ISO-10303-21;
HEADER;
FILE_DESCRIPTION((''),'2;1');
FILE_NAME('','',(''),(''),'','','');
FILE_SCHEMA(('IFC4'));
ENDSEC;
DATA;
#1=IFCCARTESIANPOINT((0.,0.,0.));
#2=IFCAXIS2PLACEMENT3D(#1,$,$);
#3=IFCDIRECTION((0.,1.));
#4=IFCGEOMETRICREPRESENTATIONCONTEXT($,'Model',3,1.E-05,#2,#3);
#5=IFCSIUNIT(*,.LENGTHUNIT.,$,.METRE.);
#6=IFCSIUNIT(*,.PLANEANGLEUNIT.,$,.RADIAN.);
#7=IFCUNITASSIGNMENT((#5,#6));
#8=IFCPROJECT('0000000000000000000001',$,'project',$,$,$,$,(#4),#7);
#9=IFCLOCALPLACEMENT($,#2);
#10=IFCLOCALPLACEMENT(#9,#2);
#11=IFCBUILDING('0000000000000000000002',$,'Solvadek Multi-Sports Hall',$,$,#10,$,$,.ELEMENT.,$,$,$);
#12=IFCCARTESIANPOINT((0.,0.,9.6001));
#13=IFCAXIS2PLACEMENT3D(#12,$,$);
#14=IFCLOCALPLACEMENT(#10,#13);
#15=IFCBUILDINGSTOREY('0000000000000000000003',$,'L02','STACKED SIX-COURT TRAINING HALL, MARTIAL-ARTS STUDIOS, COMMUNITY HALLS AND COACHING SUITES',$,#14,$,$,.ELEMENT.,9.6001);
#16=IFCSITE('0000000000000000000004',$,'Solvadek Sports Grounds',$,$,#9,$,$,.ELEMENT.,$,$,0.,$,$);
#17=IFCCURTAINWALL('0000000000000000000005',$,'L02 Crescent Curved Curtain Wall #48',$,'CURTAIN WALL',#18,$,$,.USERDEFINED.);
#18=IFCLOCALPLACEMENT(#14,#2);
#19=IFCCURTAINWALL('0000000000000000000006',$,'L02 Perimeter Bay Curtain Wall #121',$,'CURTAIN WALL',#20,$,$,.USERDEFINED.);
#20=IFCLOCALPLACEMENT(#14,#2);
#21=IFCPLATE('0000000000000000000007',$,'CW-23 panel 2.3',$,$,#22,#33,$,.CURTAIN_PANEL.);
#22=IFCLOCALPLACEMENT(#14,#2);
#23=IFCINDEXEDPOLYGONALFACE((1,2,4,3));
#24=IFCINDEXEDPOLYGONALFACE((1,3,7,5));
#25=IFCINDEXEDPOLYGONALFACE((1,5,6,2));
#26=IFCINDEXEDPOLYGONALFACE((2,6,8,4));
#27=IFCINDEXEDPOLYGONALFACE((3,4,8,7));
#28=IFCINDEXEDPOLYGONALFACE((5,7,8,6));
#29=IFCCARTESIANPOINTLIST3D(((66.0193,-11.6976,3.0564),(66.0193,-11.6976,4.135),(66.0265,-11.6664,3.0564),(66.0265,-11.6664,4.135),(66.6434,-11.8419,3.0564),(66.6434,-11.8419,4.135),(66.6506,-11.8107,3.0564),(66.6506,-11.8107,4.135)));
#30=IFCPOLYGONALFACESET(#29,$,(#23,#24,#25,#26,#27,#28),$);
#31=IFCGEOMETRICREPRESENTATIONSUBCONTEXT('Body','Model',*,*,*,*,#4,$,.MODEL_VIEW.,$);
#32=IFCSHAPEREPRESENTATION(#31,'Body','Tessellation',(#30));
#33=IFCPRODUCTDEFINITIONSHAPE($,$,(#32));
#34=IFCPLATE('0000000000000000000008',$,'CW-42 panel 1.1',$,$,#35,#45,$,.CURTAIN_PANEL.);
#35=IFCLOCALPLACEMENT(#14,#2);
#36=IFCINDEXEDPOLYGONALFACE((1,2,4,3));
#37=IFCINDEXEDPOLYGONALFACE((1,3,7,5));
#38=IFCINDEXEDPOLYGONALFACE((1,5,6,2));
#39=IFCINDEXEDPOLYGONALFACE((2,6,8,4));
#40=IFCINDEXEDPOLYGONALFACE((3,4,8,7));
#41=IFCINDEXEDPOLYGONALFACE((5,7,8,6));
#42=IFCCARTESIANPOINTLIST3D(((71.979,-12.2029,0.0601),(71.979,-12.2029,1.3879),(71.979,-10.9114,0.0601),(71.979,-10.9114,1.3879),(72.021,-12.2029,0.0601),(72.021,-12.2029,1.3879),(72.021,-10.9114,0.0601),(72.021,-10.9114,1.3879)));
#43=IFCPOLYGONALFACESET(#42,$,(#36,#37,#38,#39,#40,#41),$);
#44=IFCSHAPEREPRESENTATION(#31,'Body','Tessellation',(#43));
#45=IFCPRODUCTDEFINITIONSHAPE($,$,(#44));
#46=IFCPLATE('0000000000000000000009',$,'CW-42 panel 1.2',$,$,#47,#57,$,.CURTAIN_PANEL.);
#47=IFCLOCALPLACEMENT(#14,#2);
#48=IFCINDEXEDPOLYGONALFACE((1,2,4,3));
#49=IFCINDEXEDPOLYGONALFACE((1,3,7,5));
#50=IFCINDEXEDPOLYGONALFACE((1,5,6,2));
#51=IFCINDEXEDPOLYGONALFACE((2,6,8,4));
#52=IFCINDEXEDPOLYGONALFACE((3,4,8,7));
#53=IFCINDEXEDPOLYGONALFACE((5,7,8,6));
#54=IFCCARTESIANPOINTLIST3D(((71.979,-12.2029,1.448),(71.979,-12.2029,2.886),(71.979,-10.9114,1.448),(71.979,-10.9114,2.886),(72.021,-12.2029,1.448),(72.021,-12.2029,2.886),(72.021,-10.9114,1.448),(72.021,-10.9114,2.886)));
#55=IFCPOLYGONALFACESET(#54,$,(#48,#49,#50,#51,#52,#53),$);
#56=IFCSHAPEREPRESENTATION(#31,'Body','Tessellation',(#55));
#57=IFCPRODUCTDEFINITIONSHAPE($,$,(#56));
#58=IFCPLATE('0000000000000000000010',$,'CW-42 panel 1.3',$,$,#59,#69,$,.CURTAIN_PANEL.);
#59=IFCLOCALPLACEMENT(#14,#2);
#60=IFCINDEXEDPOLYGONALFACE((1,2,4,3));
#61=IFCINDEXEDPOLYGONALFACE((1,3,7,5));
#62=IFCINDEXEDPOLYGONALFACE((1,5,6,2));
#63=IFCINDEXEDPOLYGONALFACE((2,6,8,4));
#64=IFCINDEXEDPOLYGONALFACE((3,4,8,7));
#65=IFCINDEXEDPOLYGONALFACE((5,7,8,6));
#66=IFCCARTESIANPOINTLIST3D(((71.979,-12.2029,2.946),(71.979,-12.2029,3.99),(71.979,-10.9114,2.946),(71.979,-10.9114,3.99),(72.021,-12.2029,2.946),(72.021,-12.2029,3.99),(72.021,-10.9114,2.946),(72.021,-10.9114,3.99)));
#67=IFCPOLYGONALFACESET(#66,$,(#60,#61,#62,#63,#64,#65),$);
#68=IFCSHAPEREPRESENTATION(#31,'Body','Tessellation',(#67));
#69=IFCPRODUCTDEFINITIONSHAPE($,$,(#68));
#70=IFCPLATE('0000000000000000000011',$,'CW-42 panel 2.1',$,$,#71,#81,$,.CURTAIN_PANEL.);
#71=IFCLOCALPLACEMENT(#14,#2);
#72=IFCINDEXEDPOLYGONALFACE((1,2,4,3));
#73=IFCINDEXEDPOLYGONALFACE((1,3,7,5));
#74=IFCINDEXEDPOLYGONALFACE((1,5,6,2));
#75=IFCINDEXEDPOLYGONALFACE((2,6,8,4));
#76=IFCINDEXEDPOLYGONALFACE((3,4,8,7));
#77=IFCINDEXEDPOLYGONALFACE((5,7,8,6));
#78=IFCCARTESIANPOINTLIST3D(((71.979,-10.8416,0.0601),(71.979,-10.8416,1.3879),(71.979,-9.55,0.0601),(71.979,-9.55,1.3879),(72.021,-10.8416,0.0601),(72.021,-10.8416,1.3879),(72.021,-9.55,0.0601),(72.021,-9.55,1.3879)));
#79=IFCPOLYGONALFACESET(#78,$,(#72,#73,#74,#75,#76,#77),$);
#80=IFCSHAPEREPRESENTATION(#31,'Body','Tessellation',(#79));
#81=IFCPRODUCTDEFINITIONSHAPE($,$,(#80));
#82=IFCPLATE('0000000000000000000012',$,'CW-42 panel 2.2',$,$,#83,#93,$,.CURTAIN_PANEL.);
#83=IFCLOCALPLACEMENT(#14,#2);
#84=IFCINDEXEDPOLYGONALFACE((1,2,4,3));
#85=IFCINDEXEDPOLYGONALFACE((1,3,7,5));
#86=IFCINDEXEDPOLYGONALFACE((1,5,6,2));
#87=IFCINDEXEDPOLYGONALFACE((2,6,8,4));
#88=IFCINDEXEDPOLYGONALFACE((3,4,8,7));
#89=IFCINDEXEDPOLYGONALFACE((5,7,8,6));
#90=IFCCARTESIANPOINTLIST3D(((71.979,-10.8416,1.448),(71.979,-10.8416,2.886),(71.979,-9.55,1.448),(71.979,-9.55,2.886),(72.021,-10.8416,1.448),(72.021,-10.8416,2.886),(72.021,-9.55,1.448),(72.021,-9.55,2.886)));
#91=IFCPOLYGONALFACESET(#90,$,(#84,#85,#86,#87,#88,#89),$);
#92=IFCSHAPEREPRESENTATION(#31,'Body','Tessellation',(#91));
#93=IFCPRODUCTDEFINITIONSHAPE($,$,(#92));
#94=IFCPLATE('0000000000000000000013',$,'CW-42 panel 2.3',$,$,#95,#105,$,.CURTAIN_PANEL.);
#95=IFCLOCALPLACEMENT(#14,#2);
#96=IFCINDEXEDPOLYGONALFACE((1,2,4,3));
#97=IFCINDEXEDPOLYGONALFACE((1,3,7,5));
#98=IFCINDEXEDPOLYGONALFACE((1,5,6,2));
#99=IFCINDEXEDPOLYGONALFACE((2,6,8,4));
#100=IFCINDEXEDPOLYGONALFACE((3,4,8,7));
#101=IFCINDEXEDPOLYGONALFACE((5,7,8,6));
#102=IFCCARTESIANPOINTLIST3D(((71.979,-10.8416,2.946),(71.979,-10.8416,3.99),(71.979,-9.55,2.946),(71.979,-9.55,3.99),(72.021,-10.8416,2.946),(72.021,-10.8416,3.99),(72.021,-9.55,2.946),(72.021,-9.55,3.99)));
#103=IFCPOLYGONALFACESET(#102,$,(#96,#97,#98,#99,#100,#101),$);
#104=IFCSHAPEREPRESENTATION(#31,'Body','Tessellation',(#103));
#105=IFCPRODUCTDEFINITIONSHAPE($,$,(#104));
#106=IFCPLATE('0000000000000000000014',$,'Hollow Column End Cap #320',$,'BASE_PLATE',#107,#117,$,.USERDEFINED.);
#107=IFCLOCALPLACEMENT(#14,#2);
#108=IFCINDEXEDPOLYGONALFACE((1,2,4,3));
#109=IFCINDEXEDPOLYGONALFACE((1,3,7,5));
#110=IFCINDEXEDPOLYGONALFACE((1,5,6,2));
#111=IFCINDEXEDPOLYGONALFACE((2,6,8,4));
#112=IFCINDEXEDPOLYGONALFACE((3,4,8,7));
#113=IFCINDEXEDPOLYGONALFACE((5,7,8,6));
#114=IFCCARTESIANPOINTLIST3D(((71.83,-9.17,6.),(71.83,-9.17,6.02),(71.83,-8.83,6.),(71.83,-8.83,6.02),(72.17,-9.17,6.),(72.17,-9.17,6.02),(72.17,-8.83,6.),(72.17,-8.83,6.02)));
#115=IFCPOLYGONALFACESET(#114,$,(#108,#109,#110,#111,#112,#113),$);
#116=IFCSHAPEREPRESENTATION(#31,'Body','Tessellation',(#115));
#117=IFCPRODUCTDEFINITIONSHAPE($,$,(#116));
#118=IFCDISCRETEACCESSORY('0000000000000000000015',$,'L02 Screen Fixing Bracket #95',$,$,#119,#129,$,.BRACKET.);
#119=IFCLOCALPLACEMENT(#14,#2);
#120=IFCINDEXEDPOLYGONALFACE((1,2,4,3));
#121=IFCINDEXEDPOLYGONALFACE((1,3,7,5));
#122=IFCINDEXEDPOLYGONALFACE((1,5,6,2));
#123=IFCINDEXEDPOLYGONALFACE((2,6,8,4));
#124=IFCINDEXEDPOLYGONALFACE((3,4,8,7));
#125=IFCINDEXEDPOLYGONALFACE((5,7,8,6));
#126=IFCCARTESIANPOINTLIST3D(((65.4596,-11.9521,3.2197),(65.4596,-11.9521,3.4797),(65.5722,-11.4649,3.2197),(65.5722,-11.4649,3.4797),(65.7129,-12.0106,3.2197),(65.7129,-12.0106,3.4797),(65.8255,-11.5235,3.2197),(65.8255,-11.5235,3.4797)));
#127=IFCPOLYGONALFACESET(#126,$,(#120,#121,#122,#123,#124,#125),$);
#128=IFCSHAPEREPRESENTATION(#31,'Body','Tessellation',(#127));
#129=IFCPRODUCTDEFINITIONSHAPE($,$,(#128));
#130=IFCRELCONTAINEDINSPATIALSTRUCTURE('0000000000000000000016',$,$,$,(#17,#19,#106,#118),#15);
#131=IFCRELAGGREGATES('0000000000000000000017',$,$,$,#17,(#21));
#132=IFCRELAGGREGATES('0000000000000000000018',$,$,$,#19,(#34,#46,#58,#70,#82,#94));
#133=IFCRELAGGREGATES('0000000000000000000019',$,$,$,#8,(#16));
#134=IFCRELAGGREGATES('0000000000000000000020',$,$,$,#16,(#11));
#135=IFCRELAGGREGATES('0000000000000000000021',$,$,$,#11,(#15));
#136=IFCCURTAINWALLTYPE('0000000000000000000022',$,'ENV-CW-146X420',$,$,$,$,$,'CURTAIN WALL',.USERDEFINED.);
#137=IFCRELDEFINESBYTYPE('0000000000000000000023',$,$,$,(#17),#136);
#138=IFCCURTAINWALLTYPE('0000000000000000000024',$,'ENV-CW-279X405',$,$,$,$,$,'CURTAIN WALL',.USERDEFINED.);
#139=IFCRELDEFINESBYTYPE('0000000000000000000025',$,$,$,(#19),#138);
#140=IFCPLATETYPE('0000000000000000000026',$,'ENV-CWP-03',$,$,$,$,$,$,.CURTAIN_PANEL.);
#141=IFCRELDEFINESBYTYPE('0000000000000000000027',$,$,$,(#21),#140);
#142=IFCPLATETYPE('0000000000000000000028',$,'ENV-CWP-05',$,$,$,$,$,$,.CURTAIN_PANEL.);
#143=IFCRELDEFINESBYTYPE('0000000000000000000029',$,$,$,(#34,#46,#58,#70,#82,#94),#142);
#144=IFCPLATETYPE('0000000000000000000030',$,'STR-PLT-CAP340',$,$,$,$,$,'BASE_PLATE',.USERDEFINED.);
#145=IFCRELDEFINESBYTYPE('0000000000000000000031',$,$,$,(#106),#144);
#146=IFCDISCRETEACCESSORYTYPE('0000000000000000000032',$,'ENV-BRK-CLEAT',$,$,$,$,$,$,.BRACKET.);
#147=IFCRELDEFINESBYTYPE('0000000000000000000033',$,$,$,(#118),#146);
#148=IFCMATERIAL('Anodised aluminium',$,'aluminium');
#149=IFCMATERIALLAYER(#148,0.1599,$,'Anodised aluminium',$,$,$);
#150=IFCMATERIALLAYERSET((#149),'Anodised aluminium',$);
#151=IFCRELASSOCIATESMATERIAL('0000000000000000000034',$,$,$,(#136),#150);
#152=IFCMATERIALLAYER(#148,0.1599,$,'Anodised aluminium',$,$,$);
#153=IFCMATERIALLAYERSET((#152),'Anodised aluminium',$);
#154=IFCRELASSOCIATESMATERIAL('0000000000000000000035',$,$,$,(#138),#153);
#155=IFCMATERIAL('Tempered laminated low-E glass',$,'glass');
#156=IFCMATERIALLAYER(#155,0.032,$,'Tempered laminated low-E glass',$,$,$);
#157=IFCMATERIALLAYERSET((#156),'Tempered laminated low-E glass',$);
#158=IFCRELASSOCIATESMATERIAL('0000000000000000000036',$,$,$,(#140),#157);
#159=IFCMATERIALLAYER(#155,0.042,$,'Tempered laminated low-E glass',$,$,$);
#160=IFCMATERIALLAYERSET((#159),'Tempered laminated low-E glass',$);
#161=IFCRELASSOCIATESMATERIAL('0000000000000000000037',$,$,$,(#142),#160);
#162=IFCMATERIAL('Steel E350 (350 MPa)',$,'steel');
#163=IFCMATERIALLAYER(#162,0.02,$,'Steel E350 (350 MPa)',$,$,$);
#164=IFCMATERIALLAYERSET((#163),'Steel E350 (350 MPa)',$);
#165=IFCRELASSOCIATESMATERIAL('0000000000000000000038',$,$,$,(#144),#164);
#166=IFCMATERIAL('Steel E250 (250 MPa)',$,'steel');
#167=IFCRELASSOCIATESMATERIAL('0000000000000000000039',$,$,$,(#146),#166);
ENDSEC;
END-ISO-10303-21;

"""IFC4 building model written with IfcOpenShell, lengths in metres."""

from ifc_helpers import new_model, si_unit, direction, frame, origin, origin_2d, place, context, subcontext, project, spatial, rectangle, extrude, material, layer, layer_set, type_object, element, aggregate, save


model = new_model("IFC4")

# Units and contexts
model_context = context("Model", 3, precision=1e-05, world=origin(), true_north=direction((0.0, 1.0)))
body_context = subcontext(model_context, "Body", "Model", "MODEL_VIEW")
ifc_project = project(units=[si_unit("LENGTHUNIT", "METRE"), si_unit("PLANEANGLEUNIT", "RADIAN")], contexts=[model_context])

# Site, building, storey
site_placement = place(None, origin())
site = spatial("IfcSite", under=ifc_project, at=site_placement, Name="Solvadek Sports Grounds", CompositionType="ELEMENT", RefElevation=0.0)
building_placement = place(site_placement, origin())
building = spatial("IfcBuilding", under=site, at=building_placement, Name="Solvadek Multi-Sports Hall", CompositionType="ELEMENT")
storey_placement = place(building_placement, frame((0.0, 0.0, 9.6001)))
storey = spatial("IfcBuildingStorey", under=building, at=storey_placement, Name="L02", Description="STACKED SIX-COURT TRAINING HALL, MARTIAL-ARTS STUDIOS, COMMUNITY HALLS AND COACHING SUITES", CompositionType="ELEMENT", Elevation=9.6001)

# Shared definitions
ifc_material_1 = material(Name="Steel E350 (350 MPa)", Category="steel")

# Curtain walls
ifc_material_2 = material(Name="Anodised aluminium", Category="aluminium")
ifc_layer_1 = layer(ifc_material_2, 0.1599, Name="Anodised aluminium")
ifc_layer_set_1 = layer_set([ifc_layer_1], Name="Anodised aluminium")
curtain_wall_type_1 = type_object("IfcCurtainWallType", Name="ENV-CW-146X420", ElementType="CURTAIN WALL", PredefinedType="USERDEFINED", material=ifc_layer_set_1)
curtain_wall_1_placement = place(storey_placement, origin())
curtain_wall_1 = element("IfcCurtainWall", 1, at=curtain_wall_1_placement, inside=storey, type_object=curtain_wall_type_1, Name="L02 Crescent Curved Curtain Wall #48", ObjectType="CURTAIN WALL", PredefinedType="USERDEFINED")
ifc_layer_2 = layer(ifc_material_2, 0.1599, Name="Anodised aluminium")
ifc_layer_set_2 = layer_set([ifc_layer_2], Name="Anodised aluminium")
curtain_wall_type_2 = type_object("IfcCurtainWallType", Name="ENV-CW-279X405", ElementType="CURTAIN WALL", PredefinedType="USERDEFINED", material=ifc_layer_set_2)
curtain_wall_2_placement = place(storey_placement, origin())
curtain_wall_2 = element("IfcCurtainWall", 2, at=curtain_wall_2_placement, inside=storey, type_object=curtain_wall_type_2, Name="L02 Perimeter Bay Curtain Wall #121", ObjectType="CURTAIN WALL", PredefinedType="USERDEFINED")

# Plates
ifc_material_3 = material(Name="Tempered laminated low-E glass", Category="glass")
ifc_layer_3 = layer(ifc_material_3, 0.032, Name="Tempered laminated low-E glass")
ifc_layer_set_3 = layer_set([ifc_layer_3], Name="Tempered laminated low-E glass")
plate_type_1 = type_object("IfcPlateType", Name="ENV-CWP-03", PredefinedType="CURTAIN_PANEL", material=ifc_layer_set_3)
plate_1_placement = place(storey_placement, frame((66.335, -11.7542, 3.0564), z_axis=(0.0, 0.0, 1.0), x_axis=(0.974315, -0.225189, 0.0)))
plate_1 = element("IfcPlate", 3, at=plate_1_placement, type_object=plate_type_1, Name="CW-23 panel 2.3", PredefinedType="CURTAIN_PANEL", context=body_context, shape_type="SweptSolid", body=[
    extrude(rectangle(XDim=0.6406, YDim=0.032, at=origin_2d()), origin(), (0.0, 0.0, 1.0), 1.0786),
])
aggregate(curtain_wall_1, [plate_1])
ifc_layer_4 = layer(ifc_material_3, 0.042, Name="Tempered laminated low-E glass")
ifc_layer_set_4 = layer_set([ifc_layer_4], Name="Tempered laminated low-E glass")
plate_type_2 = type_object("IfcPlateType", Name="ENV-CWP-05", PredefinedType="CURTAIN_PANEL", material=ifc_layer_set_4)
plate_2_placement = place(storey_placement, frame((72.0, -11.5571, 0.0601), z_axis=(0.0, 0.0, 1.0), x_axis=(0.0, 1.0, 0.0)))
plate_2 = element("IfcPlate", 4, at=plate_2_placement, type_object=plate_type_2, Name="CW-42 panel 1.1", PredefinedType="CURTAIN_PANEL", context=body_context, shape_type="SweptSolid", body=[
    extrude(rectangle(XDim=1.2915, YDim=0.042, at=origin_2d()), origin(), (0.0, 0.0, 1.0), 1.3279),
])
plate_3_placement = place(storey_placement, frame((72.0, -11.5571, 1.448), z_axis=(0.0, 0.0, 1.0), x_axis=(0.0, 1.0, 0.0)))
plate_3 = element("IfcPlate", 5, at=plate_3_placement, type_object=plate_type_2, Name="CW-42 panel 1.2", PredefinedType="CURTAIN_PANEL", context=body_context, shape_type="SweptSolid", body=[
    extrude(rectangle(XDim=1.2915, YDim=0.042, at=origin_2d()), origin(), (0.0, 0.0, 1.0), 1.438),
])
plate_4_placement = place(storey_placement, frame((72.0, -11.5571, 2.946), z_axis=(0.0, 0.0, 1.0), x_axis=(0.0, 1.0, 0.0)))
plate_4 = element("IfcPlate", 6, at=plate_4_placement, type_object=plate_type_2, Name="CW-42 panel 1.3", PredefinedType="CURTAIN_PANEL", context=body_context, shape_type="SweptSolid", body=[
    extrude(rectangle(XDim=1.2915, YDim=0.042, at=origin_2d()), origin(), (0.0, 0.0, 1.0), 1.0439),
])
plate_5_placement = place(storey_placement, frame((72.0, -10.1958, 0.0601), z_axis=(0.0, 0.0, 1.0), x_axis=(0.0, 1.0, 0.0)))
plate_5 = element("IfcPlate", 7, at=plate_5_placement, type_object=plate_type_2, Name="CW-42 panel 2.1", PredefinedType="CURTAIN_PANEL", context=body_context, shape_type="SweptSolid", body=[
    extrude(rectangle(XDim=1.2915, YDim=0.042, at=origin_2d()), origin(), (0.0, 0.0, 1.0), 1.3279),
])
plate_6_placement = place(storey_placement, frame((72.0, -10.1958, 1.448), z_axis=(0.0, 0.0, 1.0), x_axis=(0.0, 1.0, 0.0)))
plate_6 = element("IfcPlate", 8, at=plate_6_placement, type_object=plate_type_2, Name="CW-42 panel 2.2", PredefinedType="CURTAIN_PANEL", context=body_context, shape_type="SweptSolid", body=[
    extrude(rectangle(XDim=1.2915, YDim=0.042, at=origin_2d()), origin(), (0.0, 0.0, 1.0), 1.438),
])
plate_7_placement = place(storey_placement, frame((72.0, -10.1958, 2.946), z_axis=(0.0, 0.0, 1.0), x_axis=(0.0, 1.0, 0.0)))
plate_7 = element("IfcPlate", 9, at=plate_7_placement, type_object=plate_type_2, Name="CW-42 panel 2.3", PredefinedType="CURTAIN_PANEL", context=body_context, shape_type="SweptSolid", body=[
    extrude(rectangle(XDim=1.2915, YDim=0.042, at=origin_2d()), origin(), (0.0, 0.0, 1.0), 1.0439),
])
aggregate(curtain_wall_2, [plate_2, plate_3, plate_4, plate_5, plate_6, plate_7])
ifc_layer_5 = layer(ifc_material_1, 0.02, Name="Steel E350 (350 MPa)")
ifc_layer_set_5 = layer_set([ifc_layer_5], Name="Steel E350 (350 MPa)")
plate_type_3 = type_object("IfcPlateType", Name="STR-PLT-CAP340", ElementType="BASE_PLATE", PredefinedType="USERDEFINED", material=ifc_layer_set_5)
plate_8_placement = place(storey_placement, frame((72.0, -9.0, 6.0), z_axis=(0.0, 0.0, 1.0), x_axis=(1.0, 0.0, 0.0)))
element("IfcPlate", 10, at=plate_8_placement, inside=storey, type_object=plate_type_3, Name="Hollow Column End Cap #320", ObjectType="BASE_PLATE", PredefinedType="USERDEFINED", context=body_context, shape_type="SweptSolid", body=[
    extrude(rectangle(XDim=0.3401, YDim=0.3401, at=origin_2d()), origin(), (0.0, 0.0, 1.0), 0.02),
])

# Discrete accessory
ifc_material_4 = material(Name="Steel E250 (250 MPa)", Category="steel")
discrete_accessory_type = type_object("IfcDiscreteAccessoryType", Name="ENV-BRK-CLEAT", PredefinedType="BRACKET", material=ifc_material_4)
discrete_accessory_placement = place(storey_placement, frame((65.6426, -11.7378, 3.2197), z_axis=(0.0, 0.0, 1.0), x_axis=(0.974313, -0.225197, 0.0)))
element("IfcDiscreteAccessory", 11, at=discrete_accessory_placement, inside=storey, type_object=discrete_accessory_type, Name="L02 Screen Fixing Bracket #95", PredefinedType="BRACKET", context=body_context, shape_type="SweptSolid", body=[
    extrude(rectangle(XDim=0.26, YDim=0.5, at=origin_2d()), origin(), (0.0, 0.0, 1.0), 0.26),
])

save(model, "model.ifc")
